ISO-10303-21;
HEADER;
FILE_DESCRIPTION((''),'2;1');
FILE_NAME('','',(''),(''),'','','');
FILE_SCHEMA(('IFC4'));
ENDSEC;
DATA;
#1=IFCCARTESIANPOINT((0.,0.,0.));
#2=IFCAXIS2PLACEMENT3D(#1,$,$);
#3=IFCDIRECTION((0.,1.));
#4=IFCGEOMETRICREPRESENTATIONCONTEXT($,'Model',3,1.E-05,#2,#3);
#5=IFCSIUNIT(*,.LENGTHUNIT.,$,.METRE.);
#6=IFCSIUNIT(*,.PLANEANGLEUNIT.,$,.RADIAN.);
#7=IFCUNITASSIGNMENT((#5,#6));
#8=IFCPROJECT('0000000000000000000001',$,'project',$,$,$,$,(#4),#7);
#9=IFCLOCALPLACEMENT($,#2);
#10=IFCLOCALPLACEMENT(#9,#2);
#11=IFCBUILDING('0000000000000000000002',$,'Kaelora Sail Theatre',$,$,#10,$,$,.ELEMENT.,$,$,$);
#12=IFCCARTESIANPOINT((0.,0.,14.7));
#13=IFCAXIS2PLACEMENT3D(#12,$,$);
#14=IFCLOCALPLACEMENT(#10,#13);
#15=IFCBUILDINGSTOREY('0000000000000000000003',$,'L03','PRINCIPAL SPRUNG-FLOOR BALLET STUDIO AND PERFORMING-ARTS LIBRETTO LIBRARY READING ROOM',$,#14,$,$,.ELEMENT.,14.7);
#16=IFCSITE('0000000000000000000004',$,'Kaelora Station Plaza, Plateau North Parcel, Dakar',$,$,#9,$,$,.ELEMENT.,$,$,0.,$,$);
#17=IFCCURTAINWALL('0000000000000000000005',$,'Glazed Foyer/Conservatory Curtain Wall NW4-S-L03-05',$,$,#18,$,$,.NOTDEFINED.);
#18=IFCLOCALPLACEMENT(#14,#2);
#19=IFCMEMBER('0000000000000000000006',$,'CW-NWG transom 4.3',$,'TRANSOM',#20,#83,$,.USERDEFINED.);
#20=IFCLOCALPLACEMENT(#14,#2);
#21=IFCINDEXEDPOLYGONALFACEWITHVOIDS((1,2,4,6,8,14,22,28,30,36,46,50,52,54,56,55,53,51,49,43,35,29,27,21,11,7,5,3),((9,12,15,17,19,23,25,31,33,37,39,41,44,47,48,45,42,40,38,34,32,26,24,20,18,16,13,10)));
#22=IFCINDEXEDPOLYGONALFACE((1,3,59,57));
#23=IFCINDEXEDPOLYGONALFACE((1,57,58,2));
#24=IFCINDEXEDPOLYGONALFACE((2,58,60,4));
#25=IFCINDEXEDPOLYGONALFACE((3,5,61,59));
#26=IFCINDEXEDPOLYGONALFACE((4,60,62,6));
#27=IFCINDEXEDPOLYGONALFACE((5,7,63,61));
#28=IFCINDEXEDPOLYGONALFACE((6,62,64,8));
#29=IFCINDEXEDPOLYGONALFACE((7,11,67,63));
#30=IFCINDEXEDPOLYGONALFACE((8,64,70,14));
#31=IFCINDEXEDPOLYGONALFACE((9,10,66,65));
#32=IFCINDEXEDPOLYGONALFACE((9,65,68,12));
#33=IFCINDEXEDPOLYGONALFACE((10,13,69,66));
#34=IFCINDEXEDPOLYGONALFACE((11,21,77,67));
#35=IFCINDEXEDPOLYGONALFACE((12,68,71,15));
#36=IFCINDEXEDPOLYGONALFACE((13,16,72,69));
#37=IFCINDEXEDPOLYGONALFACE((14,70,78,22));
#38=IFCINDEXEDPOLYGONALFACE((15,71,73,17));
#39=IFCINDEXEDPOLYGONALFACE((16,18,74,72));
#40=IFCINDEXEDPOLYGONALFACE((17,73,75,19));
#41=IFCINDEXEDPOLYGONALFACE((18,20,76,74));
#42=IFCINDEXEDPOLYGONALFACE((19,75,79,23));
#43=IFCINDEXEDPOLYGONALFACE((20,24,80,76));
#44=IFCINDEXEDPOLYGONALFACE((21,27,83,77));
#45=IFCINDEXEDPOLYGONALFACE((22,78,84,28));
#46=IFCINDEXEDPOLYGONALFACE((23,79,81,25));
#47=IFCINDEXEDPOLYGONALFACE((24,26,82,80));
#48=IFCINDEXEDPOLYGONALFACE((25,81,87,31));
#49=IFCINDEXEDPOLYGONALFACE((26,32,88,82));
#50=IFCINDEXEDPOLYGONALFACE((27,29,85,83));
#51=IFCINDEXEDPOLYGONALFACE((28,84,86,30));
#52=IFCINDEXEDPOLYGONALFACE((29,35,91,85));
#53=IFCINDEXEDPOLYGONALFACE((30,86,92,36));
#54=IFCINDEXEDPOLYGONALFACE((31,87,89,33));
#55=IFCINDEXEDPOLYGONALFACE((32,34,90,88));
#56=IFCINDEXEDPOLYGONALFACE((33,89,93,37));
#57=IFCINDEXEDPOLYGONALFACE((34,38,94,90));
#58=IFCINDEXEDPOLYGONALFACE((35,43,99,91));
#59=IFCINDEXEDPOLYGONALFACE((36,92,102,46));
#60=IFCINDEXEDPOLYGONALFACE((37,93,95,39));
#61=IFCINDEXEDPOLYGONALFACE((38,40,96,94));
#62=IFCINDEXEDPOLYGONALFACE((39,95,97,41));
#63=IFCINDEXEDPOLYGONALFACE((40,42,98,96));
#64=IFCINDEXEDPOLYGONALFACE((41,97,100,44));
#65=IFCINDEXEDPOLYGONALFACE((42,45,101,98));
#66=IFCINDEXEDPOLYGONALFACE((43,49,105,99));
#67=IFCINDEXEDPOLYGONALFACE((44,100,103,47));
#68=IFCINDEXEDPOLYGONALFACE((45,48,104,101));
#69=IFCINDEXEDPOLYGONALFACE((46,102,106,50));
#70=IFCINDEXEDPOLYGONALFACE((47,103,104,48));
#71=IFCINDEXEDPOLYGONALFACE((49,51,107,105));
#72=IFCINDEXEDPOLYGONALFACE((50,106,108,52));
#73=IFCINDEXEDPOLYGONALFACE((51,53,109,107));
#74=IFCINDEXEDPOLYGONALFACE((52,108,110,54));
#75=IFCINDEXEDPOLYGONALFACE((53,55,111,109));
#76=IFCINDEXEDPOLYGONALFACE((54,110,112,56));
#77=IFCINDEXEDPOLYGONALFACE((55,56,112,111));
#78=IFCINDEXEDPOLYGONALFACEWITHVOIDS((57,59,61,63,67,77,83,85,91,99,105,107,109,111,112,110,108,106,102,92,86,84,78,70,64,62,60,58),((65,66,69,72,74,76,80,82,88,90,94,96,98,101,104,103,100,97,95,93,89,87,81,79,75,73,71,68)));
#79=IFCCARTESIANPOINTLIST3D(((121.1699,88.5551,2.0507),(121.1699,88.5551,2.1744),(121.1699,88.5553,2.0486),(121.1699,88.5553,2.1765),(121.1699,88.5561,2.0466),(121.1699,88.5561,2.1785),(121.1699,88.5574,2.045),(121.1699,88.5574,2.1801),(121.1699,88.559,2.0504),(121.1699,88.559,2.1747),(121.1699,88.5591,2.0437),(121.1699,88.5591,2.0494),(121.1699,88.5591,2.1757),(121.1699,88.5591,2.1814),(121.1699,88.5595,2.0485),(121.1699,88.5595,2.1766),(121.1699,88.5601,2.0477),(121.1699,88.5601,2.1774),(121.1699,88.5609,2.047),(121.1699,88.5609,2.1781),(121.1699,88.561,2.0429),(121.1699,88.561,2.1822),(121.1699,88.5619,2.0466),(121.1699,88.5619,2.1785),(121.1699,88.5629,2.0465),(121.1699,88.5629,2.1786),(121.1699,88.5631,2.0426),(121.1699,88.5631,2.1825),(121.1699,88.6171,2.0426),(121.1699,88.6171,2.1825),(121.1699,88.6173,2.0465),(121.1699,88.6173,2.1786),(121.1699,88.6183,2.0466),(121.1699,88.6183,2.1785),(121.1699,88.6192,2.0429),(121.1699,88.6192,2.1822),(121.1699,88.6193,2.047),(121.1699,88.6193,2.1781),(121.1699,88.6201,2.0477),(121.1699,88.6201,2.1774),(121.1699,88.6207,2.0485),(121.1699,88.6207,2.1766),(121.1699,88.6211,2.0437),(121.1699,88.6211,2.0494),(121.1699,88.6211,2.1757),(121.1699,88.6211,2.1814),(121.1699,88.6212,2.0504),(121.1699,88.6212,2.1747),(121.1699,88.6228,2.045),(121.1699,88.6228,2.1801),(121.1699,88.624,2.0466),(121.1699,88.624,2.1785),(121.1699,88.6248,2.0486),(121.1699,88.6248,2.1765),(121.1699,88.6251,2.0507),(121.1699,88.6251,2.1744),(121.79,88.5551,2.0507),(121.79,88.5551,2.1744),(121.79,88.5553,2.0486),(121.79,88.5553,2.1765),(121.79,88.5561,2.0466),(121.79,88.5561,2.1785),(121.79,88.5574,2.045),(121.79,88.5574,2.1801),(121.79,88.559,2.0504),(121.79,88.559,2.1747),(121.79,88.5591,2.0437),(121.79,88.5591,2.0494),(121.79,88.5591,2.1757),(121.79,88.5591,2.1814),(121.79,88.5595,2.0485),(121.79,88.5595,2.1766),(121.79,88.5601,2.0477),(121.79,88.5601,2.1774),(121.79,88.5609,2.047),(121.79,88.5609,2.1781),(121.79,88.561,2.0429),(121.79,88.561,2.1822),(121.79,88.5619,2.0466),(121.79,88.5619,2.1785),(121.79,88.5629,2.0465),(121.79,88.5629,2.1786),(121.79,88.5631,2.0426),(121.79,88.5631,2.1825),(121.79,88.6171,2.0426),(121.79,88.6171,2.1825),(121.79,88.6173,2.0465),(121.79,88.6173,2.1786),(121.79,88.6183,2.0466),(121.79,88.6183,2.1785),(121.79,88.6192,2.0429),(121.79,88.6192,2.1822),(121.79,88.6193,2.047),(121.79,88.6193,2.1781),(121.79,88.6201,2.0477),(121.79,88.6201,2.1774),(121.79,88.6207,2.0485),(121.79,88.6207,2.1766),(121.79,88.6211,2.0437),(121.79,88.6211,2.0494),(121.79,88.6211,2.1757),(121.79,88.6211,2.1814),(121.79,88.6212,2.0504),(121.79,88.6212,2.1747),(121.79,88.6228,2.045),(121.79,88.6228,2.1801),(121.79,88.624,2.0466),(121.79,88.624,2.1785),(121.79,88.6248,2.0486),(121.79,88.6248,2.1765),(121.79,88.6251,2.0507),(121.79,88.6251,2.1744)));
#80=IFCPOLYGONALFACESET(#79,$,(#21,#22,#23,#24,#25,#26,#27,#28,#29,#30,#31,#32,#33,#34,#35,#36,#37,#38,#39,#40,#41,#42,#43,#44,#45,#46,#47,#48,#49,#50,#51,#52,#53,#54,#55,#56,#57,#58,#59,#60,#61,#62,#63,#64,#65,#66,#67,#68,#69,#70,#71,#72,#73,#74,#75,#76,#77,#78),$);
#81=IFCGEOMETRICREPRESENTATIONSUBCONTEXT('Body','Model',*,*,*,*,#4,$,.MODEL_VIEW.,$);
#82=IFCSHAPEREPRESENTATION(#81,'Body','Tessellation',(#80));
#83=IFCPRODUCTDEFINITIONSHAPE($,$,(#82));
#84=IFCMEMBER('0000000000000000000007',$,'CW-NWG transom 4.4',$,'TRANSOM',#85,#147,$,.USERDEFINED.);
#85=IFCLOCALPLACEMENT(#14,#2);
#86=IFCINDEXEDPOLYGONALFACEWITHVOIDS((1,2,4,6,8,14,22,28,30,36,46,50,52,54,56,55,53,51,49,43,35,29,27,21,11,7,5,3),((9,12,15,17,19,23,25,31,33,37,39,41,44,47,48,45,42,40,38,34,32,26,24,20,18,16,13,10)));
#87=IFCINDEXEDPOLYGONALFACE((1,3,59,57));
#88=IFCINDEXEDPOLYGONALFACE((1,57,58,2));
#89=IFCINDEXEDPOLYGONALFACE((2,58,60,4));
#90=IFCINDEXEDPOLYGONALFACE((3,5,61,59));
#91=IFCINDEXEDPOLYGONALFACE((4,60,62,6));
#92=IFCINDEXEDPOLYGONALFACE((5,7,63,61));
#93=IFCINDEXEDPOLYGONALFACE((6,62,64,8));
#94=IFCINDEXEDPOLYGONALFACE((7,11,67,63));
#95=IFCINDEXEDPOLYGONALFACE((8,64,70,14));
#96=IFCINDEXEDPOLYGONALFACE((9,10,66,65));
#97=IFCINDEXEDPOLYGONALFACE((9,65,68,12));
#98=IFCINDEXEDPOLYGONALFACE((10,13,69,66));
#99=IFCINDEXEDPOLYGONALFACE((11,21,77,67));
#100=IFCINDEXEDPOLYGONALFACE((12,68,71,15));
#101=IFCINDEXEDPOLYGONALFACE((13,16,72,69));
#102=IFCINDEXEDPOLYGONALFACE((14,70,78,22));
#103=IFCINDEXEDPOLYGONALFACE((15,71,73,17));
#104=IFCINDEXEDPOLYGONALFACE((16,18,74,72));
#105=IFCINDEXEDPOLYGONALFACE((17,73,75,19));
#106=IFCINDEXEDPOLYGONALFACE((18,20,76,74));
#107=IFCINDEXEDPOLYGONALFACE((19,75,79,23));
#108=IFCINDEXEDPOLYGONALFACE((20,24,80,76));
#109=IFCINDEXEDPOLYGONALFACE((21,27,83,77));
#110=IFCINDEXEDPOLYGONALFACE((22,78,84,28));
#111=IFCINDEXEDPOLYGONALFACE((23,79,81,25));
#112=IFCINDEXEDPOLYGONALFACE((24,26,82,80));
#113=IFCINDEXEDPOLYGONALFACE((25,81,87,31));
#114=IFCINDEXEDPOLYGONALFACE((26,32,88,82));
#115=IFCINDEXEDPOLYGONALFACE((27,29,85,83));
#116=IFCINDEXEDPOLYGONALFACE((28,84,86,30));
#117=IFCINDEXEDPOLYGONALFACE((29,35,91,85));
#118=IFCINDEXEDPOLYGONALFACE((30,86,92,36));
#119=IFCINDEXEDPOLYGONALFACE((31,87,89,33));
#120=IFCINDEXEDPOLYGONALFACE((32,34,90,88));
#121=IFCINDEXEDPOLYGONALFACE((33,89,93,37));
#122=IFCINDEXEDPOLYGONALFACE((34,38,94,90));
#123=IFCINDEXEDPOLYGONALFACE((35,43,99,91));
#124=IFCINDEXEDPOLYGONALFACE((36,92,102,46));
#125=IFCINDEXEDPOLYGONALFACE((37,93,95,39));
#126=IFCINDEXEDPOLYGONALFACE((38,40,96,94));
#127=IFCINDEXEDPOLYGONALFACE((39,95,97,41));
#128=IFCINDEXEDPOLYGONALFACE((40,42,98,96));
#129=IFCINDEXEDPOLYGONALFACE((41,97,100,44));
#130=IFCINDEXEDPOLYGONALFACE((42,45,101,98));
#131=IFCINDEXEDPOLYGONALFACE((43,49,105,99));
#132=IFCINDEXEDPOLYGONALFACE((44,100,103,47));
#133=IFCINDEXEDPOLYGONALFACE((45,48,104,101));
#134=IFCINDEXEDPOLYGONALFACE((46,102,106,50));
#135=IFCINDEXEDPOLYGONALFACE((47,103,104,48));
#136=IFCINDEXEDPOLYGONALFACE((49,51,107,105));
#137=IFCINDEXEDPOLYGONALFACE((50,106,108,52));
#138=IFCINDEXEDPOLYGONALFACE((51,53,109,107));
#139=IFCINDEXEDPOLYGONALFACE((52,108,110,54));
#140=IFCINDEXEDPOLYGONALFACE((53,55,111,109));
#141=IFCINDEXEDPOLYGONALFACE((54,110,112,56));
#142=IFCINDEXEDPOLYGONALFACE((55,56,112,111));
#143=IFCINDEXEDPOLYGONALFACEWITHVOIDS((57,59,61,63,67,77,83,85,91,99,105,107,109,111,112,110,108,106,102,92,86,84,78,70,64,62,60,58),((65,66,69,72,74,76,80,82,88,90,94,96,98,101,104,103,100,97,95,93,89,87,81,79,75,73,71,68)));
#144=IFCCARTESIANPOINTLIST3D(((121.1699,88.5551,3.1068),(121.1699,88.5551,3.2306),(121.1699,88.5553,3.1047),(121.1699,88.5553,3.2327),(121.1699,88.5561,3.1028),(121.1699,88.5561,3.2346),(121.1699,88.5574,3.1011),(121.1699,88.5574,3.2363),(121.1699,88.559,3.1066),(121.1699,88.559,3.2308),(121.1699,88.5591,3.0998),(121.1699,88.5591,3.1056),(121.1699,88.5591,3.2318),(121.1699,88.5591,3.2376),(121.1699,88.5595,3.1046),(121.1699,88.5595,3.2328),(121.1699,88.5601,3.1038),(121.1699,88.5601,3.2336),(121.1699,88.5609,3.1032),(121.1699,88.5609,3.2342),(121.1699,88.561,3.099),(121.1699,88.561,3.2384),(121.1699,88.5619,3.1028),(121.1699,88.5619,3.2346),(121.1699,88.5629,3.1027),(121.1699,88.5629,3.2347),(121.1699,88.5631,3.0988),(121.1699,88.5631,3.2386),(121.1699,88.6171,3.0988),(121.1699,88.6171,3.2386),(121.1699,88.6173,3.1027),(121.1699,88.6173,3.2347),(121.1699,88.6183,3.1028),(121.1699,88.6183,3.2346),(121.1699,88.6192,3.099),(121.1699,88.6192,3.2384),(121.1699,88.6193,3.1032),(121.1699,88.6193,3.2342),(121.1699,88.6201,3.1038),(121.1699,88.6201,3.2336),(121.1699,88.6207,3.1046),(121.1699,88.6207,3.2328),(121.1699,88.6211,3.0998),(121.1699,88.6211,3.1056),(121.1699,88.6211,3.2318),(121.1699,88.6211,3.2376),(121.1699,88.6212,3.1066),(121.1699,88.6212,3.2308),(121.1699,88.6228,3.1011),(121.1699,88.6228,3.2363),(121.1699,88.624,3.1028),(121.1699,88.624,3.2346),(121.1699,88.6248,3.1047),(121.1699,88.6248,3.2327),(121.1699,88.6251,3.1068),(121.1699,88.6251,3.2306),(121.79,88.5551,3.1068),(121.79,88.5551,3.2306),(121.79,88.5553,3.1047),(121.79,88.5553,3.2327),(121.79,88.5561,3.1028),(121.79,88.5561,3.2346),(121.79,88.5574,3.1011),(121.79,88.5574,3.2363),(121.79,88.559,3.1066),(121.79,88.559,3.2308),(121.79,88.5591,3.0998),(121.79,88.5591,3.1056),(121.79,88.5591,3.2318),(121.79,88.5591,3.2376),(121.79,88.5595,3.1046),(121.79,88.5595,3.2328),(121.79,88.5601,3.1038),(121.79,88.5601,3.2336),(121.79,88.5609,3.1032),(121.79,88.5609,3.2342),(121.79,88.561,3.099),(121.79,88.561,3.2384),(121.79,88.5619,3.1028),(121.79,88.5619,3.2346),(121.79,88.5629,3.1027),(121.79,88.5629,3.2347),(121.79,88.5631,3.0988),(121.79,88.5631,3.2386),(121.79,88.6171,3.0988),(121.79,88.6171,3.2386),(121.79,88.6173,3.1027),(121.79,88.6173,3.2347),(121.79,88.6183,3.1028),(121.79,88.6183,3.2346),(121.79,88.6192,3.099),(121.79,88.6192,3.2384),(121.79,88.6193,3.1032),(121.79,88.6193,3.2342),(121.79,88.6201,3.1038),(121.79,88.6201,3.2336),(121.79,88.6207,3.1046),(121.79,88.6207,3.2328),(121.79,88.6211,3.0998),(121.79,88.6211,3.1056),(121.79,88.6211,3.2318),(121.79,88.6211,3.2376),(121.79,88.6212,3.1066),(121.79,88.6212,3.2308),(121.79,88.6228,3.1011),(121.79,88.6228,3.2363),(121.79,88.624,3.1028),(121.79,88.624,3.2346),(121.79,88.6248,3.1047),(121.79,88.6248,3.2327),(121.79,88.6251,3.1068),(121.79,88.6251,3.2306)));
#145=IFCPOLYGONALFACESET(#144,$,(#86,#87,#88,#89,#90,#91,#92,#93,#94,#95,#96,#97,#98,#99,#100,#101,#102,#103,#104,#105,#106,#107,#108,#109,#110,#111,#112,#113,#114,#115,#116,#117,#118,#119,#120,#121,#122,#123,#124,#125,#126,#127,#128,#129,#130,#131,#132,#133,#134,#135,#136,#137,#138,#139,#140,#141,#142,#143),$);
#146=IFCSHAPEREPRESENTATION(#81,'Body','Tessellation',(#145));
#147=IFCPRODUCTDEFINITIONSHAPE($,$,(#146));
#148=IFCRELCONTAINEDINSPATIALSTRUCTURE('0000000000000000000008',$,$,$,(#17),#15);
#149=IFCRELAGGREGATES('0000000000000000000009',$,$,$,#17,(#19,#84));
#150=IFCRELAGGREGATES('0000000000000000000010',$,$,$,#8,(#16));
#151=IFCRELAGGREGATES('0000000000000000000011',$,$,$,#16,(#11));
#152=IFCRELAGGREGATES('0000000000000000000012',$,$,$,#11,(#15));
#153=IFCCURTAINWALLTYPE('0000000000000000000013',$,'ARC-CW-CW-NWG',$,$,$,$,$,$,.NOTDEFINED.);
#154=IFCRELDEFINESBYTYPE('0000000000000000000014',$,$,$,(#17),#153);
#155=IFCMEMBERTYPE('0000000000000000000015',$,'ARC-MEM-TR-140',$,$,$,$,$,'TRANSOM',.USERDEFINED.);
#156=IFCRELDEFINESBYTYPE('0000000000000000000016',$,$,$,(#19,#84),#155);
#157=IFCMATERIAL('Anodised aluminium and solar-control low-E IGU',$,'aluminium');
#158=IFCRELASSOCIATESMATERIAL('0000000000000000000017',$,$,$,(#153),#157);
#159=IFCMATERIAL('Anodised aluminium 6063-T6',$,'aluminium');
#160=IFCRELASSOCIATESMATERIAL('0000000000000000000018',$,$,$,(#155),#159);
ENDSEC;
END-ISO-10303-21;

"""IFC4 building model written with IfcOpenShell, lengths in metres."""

from ifc_helpers import new_model, si_unit, direction, frame, origin, origin_2d, place, context, subcontext, project, spatial, hollow_rectangle, extrude, material, material_profile, profile_set, type_object, element, aggregate, save


model = new_model("IFC4")

# Units and contexts
model_context = context("Model", 3, precision=1e-05, world=origin(), true_north=direction((0.0, 1.0)))
body_context = subcontext(model_context, "Body", "Model", "MODEL_VIEW")
ifc_project = project(units=[si_unit("LENGTHUNIT", "METRE"), si_unit("PLANEANGLEUNIT", "RADIAN")], contexts=[model_context])

# Site, building, storey
site_placement = place(None, origin())
site = spatial("IfcSite", under=ifc_project, at=site_placement, Name="Kaelora Station Plaza, Plateau North Parcel, Dakar", CompositionType="ELEMENT", RefElevation=0.0)
building_placement = place(site_placement, origin())
building = spatial("IfcBuilding", under=site, at=building_placement, Name="Kaelora Sail Theatre", CompositionType="ELEMENT")
storey_placement = place(building_placement, frame((0.0, 0.0, 14.7)))
storey = spatial("IfcBuildingStorey", under=building, at=storey_placement, Name="L03", Description="PRINCIPAL SPRUNG-FLOOR BALLET STUDIO AND PERFORMING-ARTS LIBRETTO LIBRARY READING ROOM", CompositionType="ELEMENT", Elevation=14.7)

# Curtain wall, members
ifc_material_1 = material(Name="Anodised aluminium and solar-control low-E IGU", Category="aluminium")
curtain_wall_type = type_object("IfcCurtainWallType", Name="ARC-CW-CW-NWG", PredefinedType="NOTDEFINED", material=ifc_material_1)
ifc_material_2 = material(Name="Anodised aluminium 6063-T6", Category="aluminium")
ifc_material_profile = material_profile(ifc_material_2, hollow_rectangle(XDim=0.0701, YDim=0.1399, WallThickness=0.0039, InnerFilletRadius=0.0039, OuterFilletRadius=0.0081, at=origin_2d()), Name="ALU-TRAN 70x140x4")
ifc_profile_set = profile_set([ifc_material_profile], Name="Anodised aluminium 6063-T6")
member_type = type_object("IfcMemberType", Name="ARC-MEM-TR-140", ElementType="TRANSOM", PredefinedType="USERDEFINED", material=ifc_profile_set)
curtain_wall_1_placement = place(storey_placement, origin())
curtain_wall_1 = element("IfcCurtainWall", 1, at=curtain_wall_1_placement, inside=storey, type_object=curtain_wall_type, Name="Glazed Foyer/Conservatory Curtain Wall NW4-S-L03-05", PredefinedType="NOTDEFINED")
member_1_placement = place(storey_placement, frame((121.1699, 88.5901, 2.1125), z_axis=(1.0, 0.0, 0.0), x_axis=(0.0, 1.0, 0.0)))
member_1 = element("IfcMember", 2, at=member_1_placement, type_object=member_type, Name="CW-NWG transom 4.3", ObjectType="TRANSOM", PredefinedType="USERDEFINED", context=body_context, shape_type="SweptSolid", body=[
    extrude(hollow_rectangle(XDim=0.0701, YDim=0.1399, WallThickness=0.0039, InnerFilletRadius=0.0039, OuterFilletRadius=0.0081, at=origin_2d()), origin(), (0.0, 0.0, 1.0), 0.6201),
])
member_2_placement = place(storey_placement, frame((121.1699, 88.5901, 3.1687), z_axis=(1.0, 0.0, 0.0), x_axis=(0.0, 1.0, 0.0)))
member_2 = element("IfcMember", 3, at=member_2_placement, type_object=member_type, Name="CW-NWG transom 4.4", ObjectType="TRANSOM", PredefinedType="USERDEFINED", context=body_context, shape_type="SweptSolid", body=[
    extrude(hollow_rectangle(XDim=0.0701, YDim=0.1399, WallThickness=0.0039, InnerFilletRadius=0.0039, OuterFilletRadius=0.0081, at=origin_2d()), origin(), (0.0, 0.0, 1.0), 0.6201),
])

aggregate(curtain_wall_1, [member_1, member_2])

save(model, "model.ifc")
